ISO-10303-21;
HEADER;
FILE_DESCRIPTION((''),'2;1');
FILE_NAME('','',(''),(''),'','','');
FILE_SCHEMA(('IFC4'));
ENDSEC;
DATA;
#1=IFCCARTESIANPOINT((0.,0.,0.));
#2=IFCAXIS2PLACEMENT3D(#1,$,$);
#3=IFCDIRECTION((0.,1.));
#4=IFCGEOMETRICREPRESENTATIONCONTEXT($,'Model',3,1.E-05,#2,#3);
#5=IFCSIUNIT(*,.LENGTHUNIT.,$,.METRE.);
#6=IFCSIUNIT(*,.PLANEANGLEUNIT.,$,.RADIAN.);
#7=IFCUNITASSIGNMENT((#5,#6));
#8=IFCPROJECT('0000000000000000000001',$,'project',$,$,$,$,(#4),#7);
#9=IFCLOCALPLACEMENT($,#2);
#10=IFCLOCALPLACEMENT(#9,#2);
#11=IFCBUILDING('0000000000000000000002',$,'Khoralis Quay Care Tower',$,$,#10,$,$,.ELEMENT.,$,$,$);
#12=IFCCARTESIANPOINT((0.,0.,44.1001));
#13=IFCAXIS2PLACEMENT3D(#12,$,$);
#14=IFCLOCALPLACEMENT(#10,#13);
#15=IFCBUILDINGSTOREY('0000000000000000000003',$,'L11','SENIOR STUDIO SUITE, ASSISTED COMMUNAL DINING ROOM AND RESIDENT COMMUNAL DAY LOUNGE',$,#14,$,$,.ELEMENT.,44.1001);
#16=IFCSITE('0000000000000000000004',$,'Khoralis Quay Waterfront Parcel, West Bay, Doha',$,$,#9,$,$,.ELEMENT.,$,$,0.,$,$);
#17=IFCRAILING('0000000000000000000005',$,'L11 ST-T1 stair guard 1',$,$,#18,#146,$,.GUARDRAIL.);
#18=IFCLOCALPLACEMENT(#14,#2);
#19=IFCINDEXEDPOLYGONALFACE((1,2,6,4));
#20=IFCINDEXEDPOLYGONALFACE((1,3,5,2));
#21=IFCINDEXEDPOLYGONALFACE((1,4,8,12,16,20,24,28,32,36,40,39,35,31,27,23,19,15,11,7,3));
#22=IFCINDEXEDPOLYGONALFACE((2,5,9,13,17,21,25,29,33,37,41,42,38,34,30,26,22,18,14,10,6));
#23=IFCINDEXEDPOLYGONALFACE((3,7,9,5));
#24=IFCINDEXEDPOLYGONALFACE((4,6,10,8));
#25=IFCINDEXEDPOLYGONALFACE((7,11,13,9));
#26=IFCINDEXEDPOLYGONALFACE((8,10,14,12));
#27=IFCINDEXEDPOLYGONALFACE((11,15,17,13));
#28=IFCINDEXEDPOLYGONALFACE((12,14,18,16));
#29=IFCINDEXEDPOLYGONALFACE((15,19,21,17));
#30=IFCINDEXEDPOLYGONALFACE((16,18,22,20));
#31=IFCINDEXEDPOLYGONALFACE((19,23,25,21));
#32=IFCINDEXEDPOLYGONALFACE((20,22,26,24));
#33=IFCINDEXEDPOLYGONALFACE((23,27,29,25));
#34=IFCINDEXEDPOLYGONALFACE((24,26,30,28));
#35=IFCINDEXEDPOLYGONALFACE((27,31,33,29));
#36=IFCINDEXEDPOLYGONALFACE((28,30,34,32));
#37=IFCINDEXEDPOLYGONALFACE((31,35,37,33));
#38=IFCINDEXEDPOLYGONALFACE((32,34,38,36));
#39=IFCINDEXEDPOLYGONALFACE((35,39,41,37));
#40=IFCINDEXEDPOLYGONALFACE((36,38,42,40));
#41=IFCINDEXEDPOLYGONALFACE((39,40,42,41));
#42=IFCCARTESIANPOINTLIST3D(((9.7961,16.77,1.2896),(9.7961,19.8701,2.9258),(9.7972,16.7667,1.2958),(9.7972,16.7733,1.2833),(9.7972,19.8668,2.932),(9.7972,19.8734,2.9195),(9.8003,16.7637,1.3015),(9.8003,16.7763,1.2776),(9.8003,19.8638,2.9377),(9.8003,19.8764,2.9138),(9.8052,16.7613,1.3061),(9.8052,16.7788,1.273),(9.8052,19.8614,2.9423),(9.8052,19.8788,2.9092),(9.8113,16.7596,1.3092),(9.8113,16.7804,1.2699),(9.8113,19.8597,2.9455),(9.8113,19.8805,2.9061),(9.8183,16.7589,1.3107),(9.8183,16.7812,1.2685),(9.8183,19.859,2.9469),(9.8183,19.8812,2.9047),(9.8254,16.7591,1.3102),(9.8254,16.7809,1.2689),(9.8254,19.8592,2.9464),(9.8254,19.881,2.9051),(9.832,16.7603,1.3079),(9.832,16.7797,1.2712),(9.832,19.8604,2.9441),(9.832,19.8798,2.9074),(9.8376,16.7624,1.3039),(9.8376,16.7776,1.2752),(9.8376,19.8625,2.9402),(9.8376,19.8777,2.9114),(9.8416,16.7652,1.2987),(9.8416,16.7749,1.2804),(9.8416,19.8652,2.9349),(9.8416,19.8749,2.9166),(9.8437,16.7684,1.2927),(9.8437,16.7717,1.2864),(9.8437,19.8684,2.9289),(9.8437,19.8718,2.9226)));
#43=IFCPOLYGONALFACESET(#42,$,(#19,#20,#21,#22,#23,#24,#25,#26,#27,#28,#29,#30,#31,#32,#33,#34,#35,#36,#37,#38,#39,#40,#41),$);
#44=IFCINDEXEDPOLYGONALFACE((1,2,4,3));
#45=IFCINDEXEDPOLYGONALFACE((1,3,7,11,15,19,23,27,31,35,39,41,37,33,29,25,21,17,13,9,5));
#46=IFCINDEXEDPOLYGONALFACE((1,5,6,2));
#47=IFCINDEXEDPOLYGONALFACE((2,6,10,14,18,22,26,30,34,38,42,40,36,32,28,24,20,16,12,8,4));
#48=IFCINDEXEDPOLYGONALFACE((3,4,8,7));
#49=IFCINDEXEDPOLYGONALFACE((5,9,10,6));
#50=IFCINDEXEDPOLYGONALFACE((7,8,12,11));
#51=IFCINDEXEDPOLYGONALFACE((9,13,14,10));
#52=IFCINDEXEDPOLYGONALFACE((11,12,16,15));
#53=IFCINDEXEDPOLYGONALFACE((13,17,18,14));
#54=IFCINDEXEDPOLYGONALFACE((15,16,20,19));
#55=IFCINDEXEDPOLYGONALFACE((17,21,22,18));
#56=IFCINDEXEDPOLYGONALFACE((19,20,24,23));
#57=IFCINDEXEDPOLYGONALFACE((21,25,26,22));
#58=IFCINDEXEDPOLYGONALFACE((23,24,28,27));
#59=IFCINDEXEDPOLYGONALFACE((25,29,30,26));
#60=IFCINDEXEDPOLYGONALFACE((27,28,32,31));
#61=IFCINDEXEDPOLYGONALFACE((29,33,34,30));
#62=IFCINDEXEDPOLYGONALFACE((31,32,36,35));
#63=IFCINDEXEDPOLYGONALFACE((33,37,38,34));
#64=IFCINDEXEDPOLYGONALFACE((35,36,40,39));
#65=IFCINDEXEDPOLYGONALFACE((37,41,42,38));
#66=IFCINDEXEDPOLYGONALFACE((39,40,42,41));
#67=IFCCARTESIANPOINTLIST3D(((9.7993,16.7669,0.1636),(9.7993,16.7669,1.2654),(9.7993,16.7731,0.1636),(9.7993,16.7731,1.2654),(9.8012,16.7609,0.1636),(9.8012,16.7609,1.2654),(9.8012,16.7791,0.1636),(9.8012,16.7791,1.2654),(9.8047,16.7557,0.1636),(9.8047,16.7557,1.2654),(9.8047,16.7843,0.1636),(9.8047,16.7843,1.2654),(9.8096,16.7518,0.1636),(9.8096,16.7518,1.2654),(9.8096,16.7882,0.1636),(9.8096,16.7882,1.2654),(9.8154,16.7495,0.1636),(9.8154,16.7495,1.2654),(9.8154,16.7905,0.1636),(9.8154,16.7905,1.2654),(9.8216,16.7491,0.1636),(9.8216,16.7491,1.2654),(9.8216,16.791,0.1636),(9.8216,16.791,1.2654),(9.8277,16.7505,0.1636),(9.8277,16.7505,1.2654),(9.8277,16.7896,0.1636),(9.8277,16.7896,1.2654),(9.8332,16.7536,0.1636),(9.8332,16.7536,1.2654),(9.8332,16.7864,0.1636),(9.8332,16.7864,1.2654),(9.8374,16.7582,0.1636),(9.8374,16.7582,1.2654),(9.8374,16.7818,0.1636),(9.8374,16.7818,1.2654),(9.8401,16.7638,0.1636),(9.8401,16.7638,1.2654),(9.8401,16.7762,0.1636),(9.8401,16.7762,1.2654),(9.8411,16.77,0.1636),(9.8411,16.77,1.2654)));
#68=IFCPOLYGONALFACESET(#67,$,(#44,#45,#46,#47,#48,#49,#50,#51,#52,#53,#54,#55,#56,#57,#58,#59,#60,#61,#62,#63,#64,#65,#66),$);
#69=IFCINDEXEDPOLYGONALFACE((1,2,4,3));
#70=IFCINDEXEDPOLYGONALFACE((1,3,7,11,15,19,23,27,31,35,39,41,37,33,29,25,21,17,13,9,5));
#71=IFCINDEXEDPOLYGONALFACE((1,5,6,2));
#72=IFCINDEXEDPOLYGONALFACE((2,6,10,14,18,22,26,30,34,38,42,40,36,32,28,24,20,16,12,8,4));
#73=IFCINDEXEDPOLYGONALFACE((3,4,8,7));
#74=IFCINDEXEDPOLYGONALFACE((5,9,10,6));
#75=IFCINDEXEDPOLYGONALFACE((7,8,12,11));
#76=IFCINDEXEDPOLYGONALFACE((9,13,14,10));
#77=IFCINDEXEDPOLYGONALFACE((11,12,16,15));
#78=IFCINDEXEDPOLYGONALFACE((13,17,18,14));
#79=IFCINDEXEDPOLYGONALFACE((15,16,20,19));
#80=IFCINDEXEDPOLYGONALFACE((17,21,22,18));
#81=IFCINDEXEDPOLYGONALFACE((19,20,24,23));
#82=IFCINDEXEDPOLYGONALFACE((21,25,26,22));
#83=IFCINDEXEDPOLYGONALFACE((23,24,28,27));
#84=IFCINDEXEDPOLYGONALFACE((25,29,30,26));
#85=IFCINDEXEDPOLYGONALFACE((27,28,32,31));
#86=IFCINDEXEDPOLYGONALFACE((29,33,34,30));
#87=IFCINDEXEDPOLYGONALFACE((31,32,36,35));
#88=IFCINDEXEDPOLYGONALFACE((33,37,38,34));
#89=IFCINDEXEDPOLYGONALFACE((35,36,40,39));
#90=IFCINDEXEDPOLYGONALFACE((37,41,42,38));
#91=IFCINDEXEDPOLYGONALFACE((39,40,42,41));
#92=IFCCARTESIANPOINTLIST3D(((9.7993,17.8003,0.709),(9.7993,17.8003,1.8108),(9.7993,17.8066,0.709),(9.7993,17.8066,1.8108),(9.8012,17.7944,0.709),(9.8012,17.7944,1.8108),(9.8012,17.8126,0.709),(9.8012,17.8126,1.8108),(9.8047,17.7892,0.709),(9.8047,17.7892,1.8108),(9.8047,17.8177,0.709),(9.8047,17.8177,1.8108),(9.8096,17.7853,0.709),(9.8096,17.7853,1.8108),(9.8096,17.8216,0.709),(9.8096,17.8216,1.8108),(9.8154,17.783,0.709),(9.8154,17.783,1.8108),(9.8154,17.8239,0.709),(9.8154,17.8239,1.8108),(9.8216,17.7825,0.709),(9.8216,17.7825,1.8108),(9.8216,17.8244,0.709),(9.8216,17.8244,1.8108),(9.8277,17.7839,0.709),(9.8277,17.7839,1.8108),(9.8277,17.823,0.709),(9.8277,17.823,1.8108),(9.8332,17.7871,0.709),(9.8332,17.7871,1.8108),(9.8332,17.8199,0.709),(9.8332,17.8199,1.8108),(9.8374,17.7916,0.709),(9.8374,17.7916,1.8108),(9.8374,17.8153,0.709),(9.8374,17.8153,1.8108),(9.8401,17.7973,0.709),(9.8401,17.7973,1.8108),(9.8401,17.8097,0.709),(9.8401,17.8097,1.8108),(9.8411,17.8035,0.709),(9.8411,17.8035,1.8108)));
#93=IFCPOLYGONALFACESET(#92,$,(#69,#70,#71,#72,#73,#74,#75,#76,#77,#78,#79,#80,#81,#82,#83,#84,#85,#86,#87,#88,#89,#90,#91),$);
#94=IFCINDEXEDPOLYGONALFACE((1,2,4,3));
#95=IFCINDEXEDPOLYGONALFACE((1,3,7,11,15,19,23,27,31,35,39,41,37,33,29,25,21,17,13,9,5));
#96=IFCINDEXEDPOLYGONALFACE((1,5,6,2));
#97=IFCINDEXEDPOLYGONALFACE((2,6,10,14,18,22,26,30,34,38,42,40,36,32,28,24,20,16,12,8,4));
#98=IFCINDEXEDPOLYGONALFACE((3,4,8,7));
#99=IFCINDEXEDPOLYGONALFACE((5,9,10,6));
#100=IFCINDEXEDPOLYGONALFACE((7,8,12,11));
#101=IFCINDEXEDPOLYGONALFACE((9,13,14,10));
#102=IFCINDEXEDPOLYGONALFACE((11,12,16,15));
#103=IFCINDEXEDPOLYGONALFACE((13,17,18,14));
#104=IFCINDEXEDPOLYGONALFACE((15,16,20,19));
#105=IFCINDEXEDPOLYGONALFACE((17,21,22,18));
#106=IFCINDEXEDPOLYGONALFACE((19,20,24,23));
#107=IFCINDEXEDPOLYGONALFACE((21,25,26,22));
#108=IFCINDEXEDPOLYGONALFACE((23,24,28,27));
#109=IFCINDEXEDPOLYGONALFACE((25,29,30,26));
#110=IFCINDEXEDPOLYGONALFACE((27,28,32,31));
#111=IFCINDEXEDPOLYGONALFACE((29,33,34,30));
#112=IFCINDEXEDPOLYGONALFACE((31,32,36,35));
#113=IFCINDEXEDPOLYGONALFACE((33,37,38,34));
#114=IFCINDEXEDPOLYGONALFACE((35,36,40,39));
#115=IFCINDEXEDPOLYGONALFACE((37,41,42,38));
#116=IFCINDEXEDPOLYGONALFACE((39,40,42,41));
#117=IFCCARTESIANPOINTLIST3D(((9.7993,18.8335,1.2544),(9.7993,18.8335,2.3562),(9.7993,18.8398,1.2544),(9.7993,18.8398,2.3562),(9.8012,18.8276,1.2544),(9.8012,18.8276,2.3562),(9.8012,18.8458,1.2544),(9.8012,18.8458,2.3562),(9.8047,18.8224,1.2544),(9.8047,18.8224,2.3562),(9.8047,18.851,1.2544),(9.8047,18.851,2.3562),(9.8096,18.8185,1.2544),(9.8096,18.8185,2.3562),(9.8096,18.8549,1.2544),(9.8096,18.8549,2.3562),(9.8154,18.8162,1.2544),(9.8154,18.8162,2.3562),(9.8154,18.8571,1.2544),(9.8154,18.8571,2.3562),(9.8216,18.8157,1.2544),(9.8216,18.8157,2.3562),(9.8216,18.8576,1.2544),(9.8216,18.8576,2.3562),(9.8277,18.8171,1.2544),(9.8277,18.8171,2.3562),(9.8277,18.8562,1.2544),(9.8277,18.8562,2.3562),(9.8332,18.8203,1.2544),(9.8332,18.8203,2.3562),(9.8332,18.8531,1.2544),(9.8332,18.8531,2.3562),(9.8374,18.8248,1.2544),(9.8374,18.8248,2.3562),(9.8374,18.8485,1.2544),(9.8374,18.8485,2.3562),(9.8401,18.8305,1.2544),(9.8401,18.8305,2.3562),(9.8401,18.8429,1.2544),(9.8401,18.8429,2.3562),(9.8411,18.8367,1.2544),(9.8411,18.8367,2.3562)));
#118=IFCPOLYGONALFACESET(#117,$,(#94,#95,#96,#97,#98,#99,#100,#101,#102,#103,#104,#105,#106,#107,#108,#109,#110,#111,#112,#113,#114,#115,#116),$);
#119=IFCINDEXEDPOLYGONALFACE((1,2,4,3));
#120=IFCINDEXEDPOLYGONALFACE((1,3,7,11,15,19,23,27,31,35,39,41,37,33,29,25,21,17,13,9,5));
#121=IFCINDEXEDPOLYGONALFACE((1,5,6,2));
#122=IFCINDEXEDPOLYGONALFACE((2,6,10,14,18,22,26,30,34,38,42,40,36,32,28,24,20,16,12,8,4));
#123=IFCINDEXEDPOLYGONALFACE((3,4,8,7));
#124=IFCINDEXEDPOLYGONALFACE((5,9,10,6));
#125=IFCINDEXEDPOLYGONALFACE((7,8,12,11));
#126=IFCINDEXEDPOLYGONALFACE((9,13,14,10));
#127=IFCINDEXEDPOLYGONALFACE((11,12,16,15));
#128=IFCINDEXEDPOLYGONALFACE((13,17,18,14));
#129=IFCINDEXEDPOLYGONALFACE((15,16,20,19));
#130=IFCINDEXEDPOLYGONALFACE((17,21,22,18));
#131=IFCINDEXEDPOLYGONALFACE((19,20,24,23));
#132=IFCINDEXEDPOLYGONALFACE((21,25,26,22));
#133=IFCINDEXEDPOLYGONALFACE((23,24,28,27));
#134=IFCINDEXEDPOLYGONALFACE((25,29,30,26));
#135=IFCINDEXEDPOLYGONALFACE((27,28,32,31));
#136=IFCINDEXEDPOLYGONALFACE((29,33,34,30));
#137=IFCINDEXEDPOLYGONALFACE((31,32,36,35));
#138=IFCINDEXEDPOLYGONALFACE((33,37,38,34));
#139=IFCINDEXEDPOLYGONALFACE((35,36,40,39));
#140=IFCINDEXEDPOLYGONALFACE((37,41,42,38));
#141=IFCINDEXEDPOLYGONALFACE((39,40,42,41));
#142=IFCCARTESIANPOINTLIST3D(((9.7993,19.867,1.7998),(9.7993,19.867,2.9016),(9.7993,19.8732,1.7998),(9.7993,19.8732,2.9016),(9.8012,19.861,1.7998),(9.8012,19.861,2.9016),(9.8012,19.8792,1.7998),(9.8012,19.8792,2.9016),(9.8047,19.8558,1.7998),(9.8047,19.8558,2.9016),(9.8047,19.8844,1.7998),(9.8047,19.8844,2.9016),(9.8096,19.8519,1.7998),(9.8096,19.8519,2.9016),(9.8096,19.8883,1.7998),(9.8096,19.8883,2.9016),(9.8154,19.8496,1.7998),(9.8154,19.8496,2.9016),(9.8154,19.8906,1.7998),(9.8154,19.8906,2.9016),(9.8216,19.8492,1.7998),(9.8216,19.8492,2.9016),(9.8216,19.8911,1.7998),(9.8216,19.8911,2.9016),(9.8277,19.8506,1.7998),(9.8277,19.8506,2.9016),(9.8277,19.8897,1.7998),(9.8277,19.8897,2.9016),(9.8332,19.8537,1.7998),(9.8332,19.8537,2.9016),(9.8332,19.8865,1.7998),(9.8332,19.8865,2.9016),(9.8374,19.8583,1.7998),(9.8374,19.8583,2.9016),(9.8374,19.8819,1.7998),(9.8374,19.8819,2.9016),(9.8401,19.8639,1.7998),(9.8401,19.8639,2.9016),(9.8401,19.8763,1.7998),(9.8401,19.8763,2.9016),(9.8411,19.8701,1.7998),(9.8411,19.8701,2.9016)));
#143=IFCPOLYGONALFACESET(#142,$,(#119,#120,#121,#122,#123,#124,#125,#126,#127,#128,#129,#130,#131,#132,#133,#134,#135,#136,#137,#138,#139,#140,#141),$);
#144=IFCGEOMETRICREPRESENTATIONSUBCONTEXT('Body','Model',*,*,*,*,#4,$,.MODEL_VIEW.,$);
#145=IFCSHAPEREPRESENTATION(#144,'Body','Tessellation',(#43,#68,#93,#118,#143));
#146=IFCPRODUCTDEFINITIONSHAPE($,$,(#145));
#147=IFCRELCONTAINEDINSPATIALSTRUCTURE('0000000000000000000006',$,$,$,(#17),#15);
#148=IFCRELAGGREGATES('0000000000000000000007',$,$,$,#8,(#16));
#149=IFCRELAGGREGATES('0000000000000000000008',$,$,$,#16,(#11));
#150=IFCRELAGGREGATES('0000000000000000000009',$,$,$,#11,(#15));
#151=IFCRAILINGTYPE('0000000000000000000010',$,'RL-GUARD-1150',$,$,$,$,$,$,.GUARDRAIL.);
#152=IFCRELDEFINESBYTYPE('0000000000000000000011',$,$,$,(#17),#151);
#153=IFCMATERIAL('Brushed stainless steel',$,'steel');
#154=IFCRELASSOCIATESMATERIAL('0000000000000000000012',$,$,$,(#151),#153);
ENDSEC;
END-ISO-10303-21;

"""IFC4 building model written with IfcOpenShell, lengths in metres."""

from ifc_helpers import new_model, si_unit, direction, frame, origin, origin_2d, place, context, subcontext, project, spatial, circle, extrude, material, type_object, element, save


model = new_model("IFC4")

# Units and contexts
model_context = context("Model", 3, precision=1e-05, world=origin(), true_north=direction((0.0, 1.0)))
body_context = subcontext(model_context, "Body", "Model", "MODEL_VIEW")
ifc_project = project(units=[si_unit("LENGTHUNIT", "METRE"), si_unit("PLANEANGLEUNIT", "RADIAN")], contexts=[model_context])

# Site, building, storey
site_placement = place(None, origin())
site = spatial("IfcSite", under=ifc_project, at=site_placement, Name="Khoralis Quay Waterfront Parcel, West Bay, Doha", CompositionType="ELEMENT", RefElevation=0.0)
building_placement = place(site_placement, origin())
building = spatial("IfcBuilding", under=site, at=building_placement, Name="Khoralis Quay Care Tower", CompositionType="ELEMENT")
storey_placement = place(building_placement, frame((0.0, 0.0, 44.1001)))
storey = spatial("IfcBuildingStorey", under=building, at=storey_placement, Name="L11", Description="SENIOR STUDIO SUITE, ASSISTED COMMUNAL DINING ROOM AND RESIDENT COMMUNAL DAY LOUNGE", CompositionType="ELEMENT", Elevation=44.1001)

# Shared definitions
ifc_material_1 = material(Name="Brushed stainless steel", Category="steel")

# Railing
railing_type_1 = type_object("IfcRailingType", Name="RL-GUARD-1150", PredefinedType="GUARDRAIL", material=ifc_material_1)
railing_1_placement = place(storey_placement, frame((9.8201, 16.77, 0.1636)))
element("IfcRailing", 1, at=railing_1_placement, inside=storey, type_object=railing_type_1, Name="L11 ST-T1 stair guard 1", PredefinedType="GUARDRAIL", context=body_context, shape_type="SweptSolid", body=[
    extrude(circle(Radius=0.0239, at=origin_2d()), frame((0.0, 0.0, 1.126), z_axis=(0.0, 0.884377, 0.466774), x_axis=(-1.0, 0.0, 0.0)), (0.0, 0.0, 1.0), 3.5054),
    extrude(circle(Radius=0.021, at=origin_2d()), origin(), (0.0, 0.0, 1.0), 1.1018),
    extrude(circle(Radius=0.021, at=origin_2d()), frame((0.0, 1.0334, 0.5454)), (0.0, 0.0, 1.0), 1.1018),
    extrude(circle(Radius=0.021, at=origin_2d()), frame((0.0, 2.0667, 1.0908)), (0.0, 0.0, 1.0), 1.1018),
    extrude(circle(Radius=0.021, at=origin_2d()), frame((0.0, 3.1001, 1.6362)), (0.0, 0.0, 1.0), 1.1018),
])

save(model, "model.ifc")
